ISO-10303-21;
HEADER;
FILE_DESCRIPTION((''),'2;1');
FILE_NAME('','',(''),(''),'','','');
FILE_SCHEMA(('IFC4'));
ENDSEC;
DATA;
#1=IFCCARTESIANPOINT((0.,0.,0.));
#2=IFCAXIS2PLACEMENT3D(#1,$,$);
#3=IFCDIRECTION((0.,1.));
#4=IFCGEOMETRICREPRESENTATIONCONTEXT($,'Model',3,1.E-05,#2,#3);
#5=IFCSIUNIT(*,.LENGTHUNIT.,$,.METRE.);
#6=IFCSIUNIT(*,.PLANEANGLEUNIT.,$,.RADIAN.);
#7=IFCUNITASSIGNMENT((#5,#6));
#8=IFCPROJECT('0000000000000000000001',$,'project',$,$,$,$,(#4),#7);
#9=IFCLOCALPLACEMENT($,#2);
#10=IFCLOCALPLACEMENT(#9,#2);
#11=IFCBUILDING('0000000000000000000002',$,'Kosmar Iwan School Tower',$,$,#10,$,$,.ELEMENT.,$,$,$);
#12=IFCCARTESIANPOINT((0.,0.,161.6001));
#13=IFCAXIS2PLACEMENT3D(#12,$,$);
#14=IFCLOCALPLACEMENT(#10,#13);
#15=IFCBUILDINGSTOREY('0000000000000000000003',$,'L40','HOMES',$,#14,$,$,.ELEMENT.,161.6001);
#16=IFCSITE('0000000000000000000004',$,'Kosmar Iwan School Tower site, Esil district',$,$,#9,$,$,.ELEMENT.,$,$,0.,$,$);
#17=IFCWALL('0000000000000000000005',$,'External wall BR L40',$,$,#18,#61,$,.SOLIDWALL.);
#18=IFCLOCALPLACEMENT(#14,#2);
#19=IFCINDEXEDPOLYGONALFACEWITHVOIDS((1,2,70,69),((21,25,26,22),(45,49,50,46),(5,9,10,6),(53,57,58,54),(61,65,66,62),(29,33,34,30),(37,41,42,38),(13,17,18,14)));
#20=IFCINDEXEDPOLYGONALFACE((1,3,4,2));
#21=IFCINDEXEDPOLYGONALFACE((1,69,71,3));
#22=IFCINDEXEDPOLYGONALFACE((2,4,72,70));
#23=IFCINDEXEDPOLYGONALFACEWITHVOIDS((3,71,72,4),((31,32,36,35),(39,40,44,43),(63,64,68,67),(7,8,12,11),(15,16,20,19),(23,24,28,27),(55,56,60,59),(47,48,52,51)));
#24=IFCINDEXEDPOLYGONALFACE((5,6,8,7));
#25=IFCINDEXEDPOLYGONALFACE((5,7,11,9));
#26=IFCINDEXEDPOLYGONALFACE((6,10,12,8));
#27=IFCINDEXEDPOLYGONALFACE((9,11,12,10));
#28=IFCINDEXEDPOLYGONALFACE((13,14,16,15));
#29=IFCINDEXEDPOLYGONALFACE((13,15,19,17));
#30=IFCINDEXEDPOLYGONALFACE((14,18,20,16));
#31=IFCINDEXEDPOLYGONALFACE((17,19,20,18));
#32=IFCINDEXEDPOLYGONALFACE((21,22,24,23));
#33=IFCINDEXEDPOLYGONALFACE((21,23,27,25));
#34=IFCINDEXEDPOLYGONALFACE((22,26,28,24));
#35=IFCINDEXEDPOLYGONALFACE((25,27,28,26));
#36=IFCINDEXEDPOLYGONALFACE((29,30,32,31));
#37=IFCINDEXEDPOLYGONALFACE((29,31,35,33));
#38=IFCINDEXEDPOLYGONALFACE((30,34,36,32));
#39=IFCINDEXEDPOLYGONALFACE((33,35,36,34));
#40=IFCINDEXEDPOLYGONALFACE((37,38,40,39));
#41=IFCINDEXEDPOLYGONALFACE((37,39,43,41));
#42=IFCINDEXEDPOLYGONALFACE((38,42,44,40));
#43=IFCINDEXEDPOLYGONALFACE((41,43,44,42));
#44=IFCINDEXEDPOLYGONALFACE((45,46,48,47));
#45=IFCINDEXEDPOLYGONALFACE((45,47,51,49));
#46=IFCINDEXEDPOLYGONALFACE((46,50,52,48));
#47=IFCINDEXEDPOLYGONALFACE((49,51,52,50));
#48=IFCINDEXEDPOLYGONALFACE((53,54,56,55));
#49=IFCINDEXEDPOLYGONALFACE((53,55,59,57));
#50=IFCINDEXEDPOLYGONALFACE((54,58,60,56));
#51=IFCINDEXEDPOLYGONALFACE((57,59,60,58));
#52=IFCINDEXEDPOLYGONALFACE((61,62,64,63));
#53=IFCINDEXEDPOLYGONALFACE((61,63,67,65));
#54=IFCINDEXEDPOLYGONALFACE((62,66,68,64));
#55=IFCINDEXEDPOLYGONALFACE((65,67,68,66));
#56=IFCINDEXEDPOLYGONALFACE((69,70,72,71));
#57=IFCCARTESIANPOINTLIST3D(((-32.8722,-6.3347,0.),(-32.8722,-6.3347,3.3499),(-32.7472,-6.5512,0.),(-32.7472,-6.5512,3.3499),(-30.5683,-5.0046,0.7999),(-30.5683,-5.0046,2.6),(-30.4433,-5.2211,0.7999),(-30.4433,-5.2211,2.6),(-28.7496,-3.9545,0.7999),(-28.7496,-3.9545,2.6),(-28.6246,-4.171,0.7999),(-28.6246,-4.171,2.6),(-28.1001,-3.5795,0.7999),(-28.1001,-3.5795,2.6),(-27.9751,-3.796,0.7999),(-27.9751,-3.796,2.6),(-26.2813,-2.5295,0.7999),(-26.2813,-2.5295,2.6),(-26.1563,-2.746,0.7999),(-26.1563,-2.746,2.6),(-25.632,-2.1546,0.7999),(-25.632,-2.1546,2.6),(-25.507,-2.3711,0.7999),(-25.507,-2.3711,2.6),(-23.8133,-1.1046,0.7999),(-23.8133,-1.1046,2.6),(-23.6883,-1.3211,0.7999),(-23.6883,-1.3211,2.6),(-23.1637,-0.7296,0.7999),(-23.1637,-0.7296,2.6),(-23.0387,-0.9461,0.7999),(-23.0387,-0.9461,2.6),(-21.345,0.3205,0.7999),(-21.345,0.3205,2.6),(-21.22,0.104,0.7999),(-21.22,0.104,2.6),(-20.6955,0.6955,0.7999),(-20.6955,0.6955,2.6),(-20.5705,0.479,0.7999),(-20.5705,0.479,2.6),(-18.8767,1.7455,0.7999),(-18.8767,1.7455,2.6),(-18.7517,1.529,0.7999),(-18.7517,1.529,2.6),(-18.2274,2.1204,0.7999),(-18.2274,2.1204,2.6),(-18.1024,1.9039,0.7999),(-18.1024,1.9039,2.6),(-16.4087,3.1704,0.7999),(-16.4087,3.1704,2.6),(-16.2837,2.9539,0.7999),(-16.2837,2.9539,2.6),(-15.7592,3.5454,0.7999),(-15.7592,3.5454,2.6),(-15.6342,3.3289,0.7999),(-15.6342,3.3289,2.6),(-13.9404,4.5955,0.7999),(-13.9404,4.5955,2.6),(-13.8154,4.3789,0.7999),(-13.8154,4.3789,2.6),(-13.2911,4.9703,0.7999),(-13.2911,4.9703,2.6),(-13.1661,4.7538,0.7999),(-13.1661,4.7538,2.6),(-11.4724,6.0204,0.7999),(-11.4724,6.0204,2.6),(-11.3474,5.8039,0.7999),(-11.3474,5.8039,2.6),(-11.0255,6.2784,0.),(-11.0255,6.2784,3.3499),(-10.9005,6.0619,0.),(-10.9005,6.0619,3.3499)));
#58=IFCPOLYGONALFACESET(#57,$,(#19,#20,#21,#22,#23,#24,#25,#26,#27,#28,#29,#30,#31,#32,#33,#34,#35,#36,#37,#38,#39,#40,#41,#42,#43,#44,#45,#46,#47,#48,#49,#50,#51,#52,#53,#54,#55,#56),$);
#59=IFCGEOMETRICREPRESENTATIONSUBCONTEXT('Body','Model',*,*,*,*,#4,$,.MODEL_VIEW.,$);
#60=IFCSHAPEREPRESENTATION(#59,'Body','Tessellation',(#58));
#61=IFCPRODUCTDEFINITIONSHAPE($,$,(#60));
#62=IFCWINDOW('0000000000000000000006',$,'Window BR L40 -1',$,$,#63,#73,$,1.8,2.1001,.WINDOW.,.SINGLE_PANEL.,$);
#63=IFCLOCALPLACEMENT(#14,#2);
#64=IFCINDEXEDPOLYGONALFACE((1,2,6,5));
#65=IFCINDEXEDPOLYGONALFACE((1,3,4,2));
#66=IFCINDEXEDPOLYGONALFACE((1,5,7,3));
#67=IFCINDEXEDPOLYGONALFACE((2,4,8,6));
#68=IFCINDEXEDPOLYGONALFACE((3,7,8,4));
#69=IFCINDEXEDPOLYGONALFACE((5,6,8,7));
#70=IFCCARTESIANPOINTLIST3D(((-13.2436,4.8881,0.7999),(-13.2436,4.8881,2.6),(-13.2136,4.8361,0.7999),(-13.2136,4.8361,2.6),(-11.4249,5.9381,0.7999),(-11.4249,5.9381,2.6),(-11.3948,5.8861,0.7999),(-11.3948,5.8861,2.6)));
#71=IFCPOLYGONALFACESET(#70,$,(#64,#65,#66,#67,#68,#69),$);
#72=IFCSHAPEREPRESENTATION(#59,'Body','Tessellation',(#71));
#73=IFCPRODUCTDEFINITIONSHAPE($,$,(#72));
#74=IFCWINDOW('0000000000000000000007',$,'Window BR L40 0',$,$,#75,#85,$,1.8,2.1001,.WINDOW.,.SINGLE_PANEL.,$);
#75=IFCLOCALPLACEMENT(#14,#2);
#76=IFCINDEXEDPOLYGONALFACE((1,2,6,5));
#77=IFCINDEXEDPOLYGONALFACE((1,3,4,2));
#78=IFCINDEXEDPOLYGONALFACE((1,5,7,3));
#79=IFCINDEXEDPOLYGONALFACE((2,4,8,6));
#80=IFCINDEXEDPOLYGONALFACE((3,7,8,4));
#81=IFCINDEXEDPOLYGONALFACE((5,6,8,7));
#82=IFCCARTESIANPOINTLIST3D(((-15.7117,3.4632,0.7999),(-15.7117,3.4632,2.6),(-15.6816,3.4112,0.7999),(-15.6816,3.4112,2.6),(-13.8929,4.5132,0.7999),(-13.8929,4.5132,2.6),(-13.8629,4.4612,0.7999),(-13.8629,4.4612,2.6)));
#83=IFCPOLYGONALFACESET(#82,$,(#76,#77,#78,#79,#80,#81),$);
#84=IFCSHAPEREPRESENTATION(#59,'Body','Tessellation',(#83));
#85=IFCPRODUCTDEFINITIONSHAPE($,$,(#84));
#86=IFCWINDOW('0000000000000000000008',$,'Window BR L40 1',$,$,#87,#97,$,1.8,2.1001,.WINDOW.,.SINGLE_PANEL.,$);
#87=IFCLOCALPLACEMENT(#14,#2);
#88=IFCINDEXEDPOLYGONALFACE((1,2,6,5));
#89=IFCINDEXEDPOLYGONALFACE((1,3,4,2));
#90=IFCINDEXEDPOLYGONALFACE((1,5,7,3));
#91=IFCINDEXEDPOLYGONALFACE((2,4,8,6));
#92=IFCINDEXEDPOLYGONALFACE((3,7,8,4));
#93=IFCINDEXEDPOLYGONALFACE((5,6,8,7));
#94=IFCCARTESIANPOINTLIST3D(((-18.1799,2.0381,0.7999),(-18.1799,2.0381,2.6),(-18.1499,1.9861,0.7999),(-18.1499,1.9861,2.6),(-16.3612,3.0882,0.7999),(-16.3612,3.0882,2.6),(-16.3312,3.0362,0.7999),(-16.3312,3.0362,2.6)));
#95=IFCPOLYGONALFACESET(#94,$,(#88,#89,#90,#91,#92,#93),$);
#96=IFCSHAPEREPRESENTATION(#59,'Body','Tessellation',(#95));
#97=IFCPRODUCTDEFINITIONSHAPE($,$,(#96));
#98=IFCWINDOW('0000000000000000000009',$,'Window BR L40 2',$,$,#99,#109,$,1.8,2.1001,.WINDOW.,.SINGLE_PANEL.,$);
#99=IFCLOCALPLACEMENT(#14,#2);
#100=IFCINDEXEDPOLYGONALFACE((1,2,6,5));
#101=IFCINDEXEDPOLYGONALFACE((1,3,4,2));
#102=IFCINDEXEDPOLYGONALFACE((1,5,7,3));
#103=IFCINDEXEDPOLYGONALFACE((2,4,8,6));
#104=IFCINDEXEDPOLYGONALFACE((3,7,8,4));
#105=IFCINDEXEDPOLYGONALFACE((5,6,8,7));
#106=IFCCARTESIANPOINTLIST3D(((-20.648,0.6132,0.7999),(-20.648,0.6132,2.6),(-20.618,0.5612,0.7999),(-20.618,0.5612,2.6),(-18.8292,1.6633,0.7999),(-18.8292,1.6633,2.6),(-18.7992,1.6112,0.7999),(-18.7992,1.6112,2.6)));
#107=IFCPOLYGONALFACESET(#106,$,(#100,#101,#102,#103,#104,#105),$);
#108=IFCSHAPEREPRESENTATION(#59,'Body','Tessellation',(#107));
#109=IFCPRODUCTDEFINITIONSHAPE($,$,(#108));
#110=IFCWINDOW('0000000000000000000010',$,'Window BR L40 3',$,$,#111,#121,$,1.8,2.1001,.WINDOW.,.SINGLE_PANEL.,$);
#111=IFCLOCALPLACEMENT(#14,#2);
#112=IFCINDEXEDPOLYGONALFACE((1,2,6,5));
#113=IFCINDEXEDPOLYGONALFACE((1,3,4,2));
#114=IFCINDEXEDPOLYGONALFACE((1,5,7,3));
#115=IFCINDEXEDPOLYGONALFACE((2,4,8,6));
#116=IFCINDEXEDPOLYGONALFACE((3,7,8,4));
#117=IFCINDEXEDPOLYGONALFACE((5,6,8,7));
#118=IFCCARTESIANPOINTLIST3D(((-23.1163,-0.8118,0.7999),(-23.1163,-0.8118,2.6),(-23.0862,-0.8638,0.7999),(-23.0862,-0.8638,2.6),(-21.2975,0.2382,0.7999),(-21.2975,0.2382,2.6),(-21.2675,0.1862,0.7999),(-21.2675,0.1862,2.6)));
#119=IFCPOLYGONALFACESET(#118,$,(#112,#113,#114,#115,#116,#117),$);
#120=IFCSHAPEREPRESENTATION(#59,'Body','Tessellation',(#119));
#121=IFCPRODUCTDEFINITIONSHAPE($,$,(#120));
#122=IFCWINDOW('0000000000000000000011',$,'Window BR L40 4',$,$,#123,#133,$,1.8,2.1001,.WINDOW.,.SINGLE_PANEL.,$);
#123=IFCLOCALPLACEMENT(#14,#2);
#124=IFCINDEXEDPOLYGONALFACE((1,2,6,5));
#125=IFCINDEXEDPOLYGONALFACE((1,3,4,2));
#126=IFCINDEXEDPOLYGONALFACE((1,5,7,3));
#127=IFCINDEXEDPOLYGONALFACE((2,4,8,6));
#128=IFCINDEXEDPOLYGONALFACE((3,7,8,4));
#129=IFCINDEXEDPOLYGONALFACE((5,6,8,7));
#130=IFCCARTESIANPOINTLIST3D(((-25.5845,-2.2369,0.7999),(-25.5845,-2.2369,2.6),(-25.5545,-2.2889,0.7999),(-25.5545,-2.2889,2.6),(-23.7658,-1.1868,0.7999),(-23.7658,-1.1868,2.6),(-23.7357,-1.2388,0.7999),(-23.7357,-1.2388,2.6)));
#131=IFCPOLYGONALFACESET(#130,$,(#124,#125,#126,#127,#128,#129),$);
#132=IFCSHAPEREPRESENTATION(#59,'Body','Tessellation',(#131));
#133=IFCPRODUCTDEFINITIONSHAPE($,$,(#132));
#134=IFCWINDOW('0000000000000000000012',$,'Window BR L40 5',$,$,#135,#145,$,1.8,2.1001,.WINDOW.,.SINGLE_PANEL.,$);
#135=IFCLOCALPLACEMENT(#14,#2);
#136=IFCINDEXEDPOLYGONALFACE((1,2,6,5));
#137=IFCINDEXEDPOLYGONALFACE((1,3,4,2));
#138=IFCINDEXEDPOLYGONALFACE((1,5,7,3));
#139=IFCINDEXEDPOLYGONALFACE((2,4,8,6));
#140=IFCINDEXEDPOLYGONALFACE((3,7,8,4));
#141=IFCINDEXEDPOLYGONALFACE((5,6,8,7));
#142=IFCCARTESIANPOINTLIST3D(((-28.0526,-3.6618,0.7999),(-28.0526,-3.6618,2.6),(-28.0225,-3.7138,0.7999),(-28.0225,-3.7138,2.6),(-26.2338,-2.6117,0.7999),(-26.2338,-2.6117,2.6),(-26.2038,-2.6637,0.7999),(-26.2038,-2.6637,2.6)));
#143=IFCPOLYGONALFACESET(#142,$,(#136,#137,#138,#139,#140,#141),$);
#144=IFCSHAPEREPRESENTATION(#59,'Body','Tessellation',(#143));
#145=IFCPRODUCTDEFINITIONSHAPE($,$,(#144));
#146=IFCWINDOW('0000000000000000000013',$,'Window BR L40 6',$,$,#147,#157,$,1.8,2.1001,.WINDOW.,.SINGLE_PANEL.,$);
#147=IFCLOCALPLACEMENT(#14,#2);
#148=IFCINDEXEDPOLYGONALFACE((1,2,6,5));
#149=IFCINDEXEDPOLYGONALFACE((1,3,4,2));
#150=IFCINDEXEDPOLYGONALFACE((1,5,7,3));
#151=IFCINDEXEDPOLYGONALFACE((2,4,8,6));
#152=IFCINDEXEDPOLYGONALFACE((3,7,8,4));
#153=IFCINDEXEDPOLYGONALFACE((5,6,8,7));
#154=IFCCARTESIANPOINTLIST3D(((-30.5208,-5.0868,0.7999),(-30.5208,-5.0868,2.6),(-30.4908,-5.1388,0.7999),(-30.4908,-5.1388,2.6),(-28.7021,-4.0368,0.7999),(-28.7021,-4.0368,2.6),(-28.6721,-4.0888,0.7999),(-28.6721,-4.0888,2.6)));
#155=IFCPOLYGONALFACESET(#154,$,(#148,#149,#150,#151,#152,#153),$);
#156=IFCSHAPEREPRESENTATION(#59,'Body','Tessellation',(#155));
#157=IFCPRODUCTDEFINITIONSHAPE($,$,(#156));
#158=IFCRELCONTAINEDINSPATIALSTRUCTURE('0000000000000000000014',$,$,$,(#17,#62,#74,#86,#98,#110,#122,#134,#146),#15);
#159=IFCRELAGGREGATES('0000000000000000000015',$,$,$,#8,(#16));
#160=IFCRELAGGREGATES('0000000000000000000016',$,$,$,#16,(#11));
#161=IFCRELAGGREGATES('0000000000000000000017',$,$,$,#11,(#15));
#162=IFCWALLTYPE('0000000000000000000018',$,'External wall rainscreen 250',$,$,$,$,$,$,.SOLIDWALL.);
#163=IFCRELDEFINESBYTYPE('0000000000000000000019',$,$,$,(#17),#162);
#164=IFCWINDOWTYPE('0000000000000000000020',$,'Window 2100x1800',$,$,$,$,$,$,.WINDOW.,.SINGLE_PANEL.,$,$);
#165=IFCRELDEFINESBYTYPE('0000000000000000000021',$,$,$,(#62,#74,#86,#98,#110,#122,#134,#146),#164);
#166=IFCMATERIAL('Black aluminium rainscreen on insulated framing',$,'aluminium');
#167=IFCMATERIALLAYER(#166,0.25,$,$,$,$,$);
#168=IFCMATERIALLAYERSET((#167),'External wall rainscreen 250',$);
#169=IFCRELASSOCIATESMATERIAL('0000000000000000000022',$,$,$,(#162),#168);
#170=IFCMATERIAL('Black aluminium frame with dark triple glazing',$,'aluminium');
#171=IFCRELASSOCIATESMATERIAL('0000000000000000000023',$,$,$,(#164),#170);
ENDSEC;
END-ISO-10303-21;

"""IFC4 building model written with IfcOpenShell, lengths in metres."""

from ifc_helpers import new_model, si_unit, direction, frame, frame_2d, origin, place, context, subcontext, project, spatial, rectangle, extrude, material, layer, layer_set, type_object, element, fill, save


model = new_model("IFC4")

# Units and contexts
model_context = context("Model", 3, precision=1e-05, world=origin(), true_north=direction((0.0, 1.0)))
body_context = subcontext(model_context, "Body", "Model", "MODEL_VIEW")
ifc_project = project(units=[si_unit("LENGTHUNIT", "METRE"), si_unit("PLANEANGLEUNIT", "RADIAN")], contexts=[model_context])

# Site, building, storey
site_placement = place(None, origin())
site = spatial("IfcSite", under=ifc_project, at=site_placement, Name="Kosmar Iwan School Tower site, Esil district", CompositionType="ELEMENT", RefElevation=0.0)
building_placement = place(site_placement, origin())
building = spatial("IfcBuilding", under=site, at=building_placement, Name="Kosmar Iwan School Tower", CompositionType="ELEMENT")
storey_placement = place(building_placement, frame((0.0, 0.0, 161.6001)))
storey = spatial("IfcBuildingStorey", under=building, at=storey_placement, Name="L40", Description="HOMES", CompositionType="ELEMENT", Elevation=161.6001)

# Wall, openings, windows
ifc_material_1 = material(Name="Black aluminium rainscreen on insulated framing", Category="aluminium")
ifc_layer = layer(ifc_material_1, 0.25)
ifc_layer_set = layer_set([ifc_layer], Name="External wall rainscreen 250")
wall_type = type_object("IfcWallType", Name="External wall rainscreen 250", PredefinedType="SOLIDWALL", material=ifc_layer_set)
ifc_material_2 = material(Name="Black aluminium frame with dark triple glazing", Category="aluminium")
window_type = type_object("IfcWindowType", Name="Window 2100x1800", PartitioningType="SINGLE_PANEL", PredefinedType="WINDOW", material=ifc_material_2)
wall_1_placement = place(storey_placement, frame((-10.9629, 6.1702, 0.0), z_axis=(0.0, 0.0, 1.0), x_axis=(-0.866028, -0.499996, 0.0)))
wall_1 = element("IfcWall", 1, at=wall_1_placement, inside=storey, type_object=wall_type, Name="External wall BR L40", PredefinedType="SOLIDWALL", context=body_context, shape_type="SweptSolid", body=[
    extrude(rectangle(XDim=25.2263, YDim=0.25, at=frame_2d((12.6133, 0.0))), origin(), (0.0, 0.0, 1.0), 3.3499),
])
opening_1_placement = place(wall_1_placement, frame((0.5161, 0.0, 0.8)))
opening_1 = element("IfcOpeningElement", 2, at=opening_1_placement, cuts=wall_1, PredefinedType="OPENING", context=body_context, shape_type="SweptSolid", body=[
    extrude(rectangle(XDim=2.1001, YDim=1.8, at=frame_2d((1.05, 0.8999))), frame((0.0, 0.137, 0.0), z_axis=(0.0, -1.0, 0.0), x_axis=(1.0, 0.0, 0.0)), (0.0, 0.0, 1.0), 0.2739),
])
opening_2_placement = place(wall_1_placement, frame((3.366, 0.0, 0.8)))
opening_2 = element("IfcOpeningElement", 3, at=opening_2_placement, cuts=wall_1, PredefinedType="OPENING", context=body_context, shape_type="SweptSolid", body=[
    extrude(rectangle(XDim=2.1001, YDim=1.8, at=frame_2d((1.05, 0.8999))), frame((0.0, 0.137, 0.0), z_axis=(0.0, -1.0, 0.0), x_axis=(1.0, 0.0, 0.0)), (0.0, 0.0, 1.0), 0.2739),
])
opening_3_placement = place(wall_1_placement, frame((6.2161, 0.0, 0.8)))
opening_3 = element("IfcOpeningElement", 4, at=opening_3_placement, cuts=wall_1, PredefinedType="OPENING", context=body_context, shape_type="SweptSolid", body=[
    extrude(rectangle(XDim=2.1001, YDim=1.8, at=frame_2d((1.05, 0.8999))), frame((0.0, 0.137, 0.0), z_axis=(0.0, -1.0, 0.0), x_axis=(1.0, 0.0, 0.0)), (0.0, 0.0, 1.0), 0.2739),
])
opening_4_placement = place(wall_1_placement, frame((9.0659, 0.0, 0.8)))
opening_4 = element("IfcOpeningElement", 5, at=opening_4_placement, cuts=wall_1, PredefinedType="OPENING", context=body_context, shape_type="SweptSolid", body=[
    extrude(rectangle(XDim=2.1001, YDim=1.8, at=frame_2d((1.05, 0.8999))), frame((0.0, 0.137, 0.0), z_axis=(0.0, -1.0, 0.0), x_axis=(1.0, 0.0, 0.0)), (0.0, 0.0, 1.0), 0.2739),
])
opening_5_placement = place(wall_1_placement, frame((11.916, 0.0, 0.8)))
opening_5 = element("IfcOpeningElement", 6, at=opening_5_placement, cuts=wall_1, PredefinedType="OPENING", context=body_context, shape_type="SweptSolid", body=[
    extrude(rectangle(XDim=2.1001, YDim=1.8, at=frame_2d((1.05, 0.8999))), frame((0.0, 0.137, 0.0), z_axis=(0.0, -1.0, 0.0), x_axis=(1.0, 0.0, 0.0)), (0.0, 0.0, 1.0), 0.2739),
])
opening_6_placement = place(wall_1_placement, frame((14.7661, 0.0, 0.8)))
opening_6 = element("IfcOpeningElement", 7, at=opening_6_placement, cuts=wall_1, PredefinedType="OPENING", context=body_context, shape_type="SweptSolid", body=[
    extrude(rectangle(XDim=2.1001, YDim=1.8, at=frame_2d((1.05, 0.8999))), frame((0.0, 0.137, 0.0), z_axis=(0.0, -1.0, 0.0), x_axis=(1.0, 0.0, 0.0)), (0.0, 0.0, 1.0), 0.2739),
])
opening_7_placement = place(wall_1_placement, frame((17.616, 0.0, 0.8)))
opening_7 = element("IfcOpeningElement", 8, at=opening_7_placement, cuts=wall_1, PredefinedType="OPENING", context=body_context, shape_type="SweptSolid", body=[
    extrude(rectangle(XDim=2.1001, YDim=1.8, at=frame_2d((1.05, 0.8999))), frame((0.0, 0.137, 0.0), z_axis=(0.0, -1.0, 0.0), x_axis=(1.0, 0.0, 0.0)), (0.0, 0.0, 1.0), 0.2739),
])
opening_8_placement = place(wall_1_placement, frame((20.4661, 0.0, 0.8)))
opening_8 = element("IfcOpeningElement", 9, at=opening_8_placement, cuts=wall_1, PredefinedType="OPENING", context=body_context, shape_type="SweptSolid", body=[
    extrude(rectangle(XDim=2.1001, YDim=1.8, at=frame_2d((1.05, 0.8999))), frame((0.0, 0.137, 0.0), z_axis=(0.0, -1.0, 0.0), x_axis=(1.0, 0.0, 0.0)), (0.0, 0.0, 1.0), 0.2739),
])
window_1_placement = place(opening_1_placement, origin())
window_1 = element("IfcWindow", 10, at=window_1_placement, inside=storey, type_object=window_type, Name="Window BR L40 -1", OverallHeight=1.8, OverallWidth=2.1001, PartitioningType="SINGLE_PANEL", PredefinedType="WINDOW", context=body_context, shape_type="SweptSolid", body=[
    extrude(rectangle(XDim=2.1001, YDim=1.8, at=frame_2d((1.05, 0.8999))), frame((0.0, 0.03, 0.0), z_axis=(0.0, -1.0, 0.0), x_axis=(1.0, 0.0, 0.0)), (0.0, 0.0, 1.0), 0.0601),
])
fill(opening_1, window_1)
window_2_placement = place(opening_2_placement, origin())
window_2 = element("IfcWindow", 11, at=window_2_placement, inside=storey, type_object=window_type, Name="Window BR L40 0", OverallHeight=1.8, OverallWidth=2.1001, PartitioningType="SINGLE_PANEL", PredefinedType="WINDOW", context=body_context, shape_type="SweptSolid", body=[
    extrude(rectangle(XDim=2.1001, YDim=1.8, at=frame_2d((1.05, 0.8999))), frame((0.0, 0.03, 0.0), z_axis=(0.0, -1.0, 0.0), x_axis=(1.0, 0.0, 0.0)), (0.0, 0.0, 1.0), 0.0601),
])
fill(opening_2, window_2)
window_3_placement = place(opening_3_placement, origin())
window_3 = element("IfcWindow", 12, at=window_3_placement, inside=storey, type_object=window_type, Name="Window BR L40 1", OverallHeight=1.8, OverallWidth=2.1001, PartitioningType="SINGLE_PANEL", PredefinedType="WINDOW", context=body_context, shape_type="SweptSolid", body=[
    extrude(rectangle(XDim=2.1001, YDim=1.8, at=frame_2d((1.05, 0.8999))), frame((0.0, 0.03, 0.0), z_axis=(0.0, -1.0, 0.0), x_axis=(1.0, 0.0, 0.0)), (0.0, 0.0, 1.0), 0.0601),
])
fill(opening_3, window_3)
window_4_placement = place(opening_4_placement, origin())
window_4 = element("IfcWindow", 13, at=window_4_placement, inside=storey, type_object=window_type, Name="Window BR L40 2", OverallHeight=1.8, OverallWidth=2.1001, PartitioningType="SINGLE_PANEL", PredefinedType="WINDOW", context=body_context, shape_type="SweptSolid", body=[
    extrude(rectangle(XDim=2.1001, YDim=1.8, at=frame_2d((1.05, 0.8999))), frame((0.0, 0.03, 0.0), z_axis=(0.0, -1.0, 0.0), x_axis=(1.0, 0.0, 0.0)), (0.0, 0.0, 1.0), 0.0601),
])
fill(opening_4, window_4)
window_5_placement = place(opening_5_placement, origin())
window_5 = element("IfcWindow", 14, at=window_5_placement, inside=storey, type_object=window_type, Name="Window BR L40 3", OverallHeight=1.8, OverallWidth=2.1001, PartitioningType="SINGLE_PANEL", PredefinedType="WINDOW", context=body_context, shape_type="SweptSolid", body=[
    extrude(rectangle(XDim=2.1001, YDim=1.8, at=frame_2d((1.05, 0.8999))), frame((0.0, 0.03, 0.0), z_axis=(0.0, -1.0, 0.0), x_axis=(1.0, 0.0, 0.0)), (0.0, 0.0, 1.0), 0.0601),
])
fill(opening_5, window_5)
window_6_placement = place(opening_6_placement, origin())
window_6 = element("IfcWindow", 15, at=window_6_placement, inside=storey, type_object=window_type, Name="Window BR L40 4", OverallHeight=1.8, OverallWidth=2.1001, PartitioningType="SINGLE_PANEL", PredefinedType="WINDOW", context=body_context, shape_type="SweptSolid", body=[
    extrude(rectangle(XDim=2.1001, YDim=1.8, at=frame_2d((1.05, 0.8999))), frame((0.0, 0.03, 0.0), z_axis=(0.0, -1.0, 0.0), x_axis=(1.0, 0.0, 0.0)), (0.0, 0.0, 1.0), 0.0601),
])
fill(opening_6, window_6)
window_7_placement = place(opening_7_placement, origin())
window_7 = element("IfcWindow", 16, at=window_7_placement, inside=storey, type_object=window_type, Name="Window BR L40 5", OverallHeight=1.8, OverallWidth=2.1001, PartitioningType="SINGLE_PANEL", PredefinedType="WINDOW", context=body_context, shape_type="SweptSolid", body=[
    extrude(rectangle(XDim=2.1001, YDim=1.8, at=frame_2d((1.05, 0.8999))), frame((0.0, 0.03, 0.0), z_axis=(0.0, -1.0, 0.0), x_axis=(1.0, 0.0, 0.0)), (0.0, 0.0, 1.0), 0.0601),
])
fill(opening_7, window_7)
window_8_placement = place(opening_8_placement, origin())
window_8 = element("IfcWindow", 17, at=window_8_placement, inside=storey, type_object=window_type, Name="Window BR L40 6", OverallHeight=1.8, OverallWidth=2.1001, PartitioningType="SINGLE_PANEL", PredefinedType="WINDOW", context=body_context, shape_type="SweptSolid", body=[
    extrude(rectangle(XDim=2.1001, YDim=1.8, at=frame_2d((1.05, 0.8999))), frame((0.0, 0.03, 0.0), z_axis=(0.0, -1.0, 0.0), x_axis=(1.0, 0.0, 0.0)), (0.0, 0.0, 1.0), 0.0601),
])
fill(opening_8, window_8)

save(model, "model.ifc")
